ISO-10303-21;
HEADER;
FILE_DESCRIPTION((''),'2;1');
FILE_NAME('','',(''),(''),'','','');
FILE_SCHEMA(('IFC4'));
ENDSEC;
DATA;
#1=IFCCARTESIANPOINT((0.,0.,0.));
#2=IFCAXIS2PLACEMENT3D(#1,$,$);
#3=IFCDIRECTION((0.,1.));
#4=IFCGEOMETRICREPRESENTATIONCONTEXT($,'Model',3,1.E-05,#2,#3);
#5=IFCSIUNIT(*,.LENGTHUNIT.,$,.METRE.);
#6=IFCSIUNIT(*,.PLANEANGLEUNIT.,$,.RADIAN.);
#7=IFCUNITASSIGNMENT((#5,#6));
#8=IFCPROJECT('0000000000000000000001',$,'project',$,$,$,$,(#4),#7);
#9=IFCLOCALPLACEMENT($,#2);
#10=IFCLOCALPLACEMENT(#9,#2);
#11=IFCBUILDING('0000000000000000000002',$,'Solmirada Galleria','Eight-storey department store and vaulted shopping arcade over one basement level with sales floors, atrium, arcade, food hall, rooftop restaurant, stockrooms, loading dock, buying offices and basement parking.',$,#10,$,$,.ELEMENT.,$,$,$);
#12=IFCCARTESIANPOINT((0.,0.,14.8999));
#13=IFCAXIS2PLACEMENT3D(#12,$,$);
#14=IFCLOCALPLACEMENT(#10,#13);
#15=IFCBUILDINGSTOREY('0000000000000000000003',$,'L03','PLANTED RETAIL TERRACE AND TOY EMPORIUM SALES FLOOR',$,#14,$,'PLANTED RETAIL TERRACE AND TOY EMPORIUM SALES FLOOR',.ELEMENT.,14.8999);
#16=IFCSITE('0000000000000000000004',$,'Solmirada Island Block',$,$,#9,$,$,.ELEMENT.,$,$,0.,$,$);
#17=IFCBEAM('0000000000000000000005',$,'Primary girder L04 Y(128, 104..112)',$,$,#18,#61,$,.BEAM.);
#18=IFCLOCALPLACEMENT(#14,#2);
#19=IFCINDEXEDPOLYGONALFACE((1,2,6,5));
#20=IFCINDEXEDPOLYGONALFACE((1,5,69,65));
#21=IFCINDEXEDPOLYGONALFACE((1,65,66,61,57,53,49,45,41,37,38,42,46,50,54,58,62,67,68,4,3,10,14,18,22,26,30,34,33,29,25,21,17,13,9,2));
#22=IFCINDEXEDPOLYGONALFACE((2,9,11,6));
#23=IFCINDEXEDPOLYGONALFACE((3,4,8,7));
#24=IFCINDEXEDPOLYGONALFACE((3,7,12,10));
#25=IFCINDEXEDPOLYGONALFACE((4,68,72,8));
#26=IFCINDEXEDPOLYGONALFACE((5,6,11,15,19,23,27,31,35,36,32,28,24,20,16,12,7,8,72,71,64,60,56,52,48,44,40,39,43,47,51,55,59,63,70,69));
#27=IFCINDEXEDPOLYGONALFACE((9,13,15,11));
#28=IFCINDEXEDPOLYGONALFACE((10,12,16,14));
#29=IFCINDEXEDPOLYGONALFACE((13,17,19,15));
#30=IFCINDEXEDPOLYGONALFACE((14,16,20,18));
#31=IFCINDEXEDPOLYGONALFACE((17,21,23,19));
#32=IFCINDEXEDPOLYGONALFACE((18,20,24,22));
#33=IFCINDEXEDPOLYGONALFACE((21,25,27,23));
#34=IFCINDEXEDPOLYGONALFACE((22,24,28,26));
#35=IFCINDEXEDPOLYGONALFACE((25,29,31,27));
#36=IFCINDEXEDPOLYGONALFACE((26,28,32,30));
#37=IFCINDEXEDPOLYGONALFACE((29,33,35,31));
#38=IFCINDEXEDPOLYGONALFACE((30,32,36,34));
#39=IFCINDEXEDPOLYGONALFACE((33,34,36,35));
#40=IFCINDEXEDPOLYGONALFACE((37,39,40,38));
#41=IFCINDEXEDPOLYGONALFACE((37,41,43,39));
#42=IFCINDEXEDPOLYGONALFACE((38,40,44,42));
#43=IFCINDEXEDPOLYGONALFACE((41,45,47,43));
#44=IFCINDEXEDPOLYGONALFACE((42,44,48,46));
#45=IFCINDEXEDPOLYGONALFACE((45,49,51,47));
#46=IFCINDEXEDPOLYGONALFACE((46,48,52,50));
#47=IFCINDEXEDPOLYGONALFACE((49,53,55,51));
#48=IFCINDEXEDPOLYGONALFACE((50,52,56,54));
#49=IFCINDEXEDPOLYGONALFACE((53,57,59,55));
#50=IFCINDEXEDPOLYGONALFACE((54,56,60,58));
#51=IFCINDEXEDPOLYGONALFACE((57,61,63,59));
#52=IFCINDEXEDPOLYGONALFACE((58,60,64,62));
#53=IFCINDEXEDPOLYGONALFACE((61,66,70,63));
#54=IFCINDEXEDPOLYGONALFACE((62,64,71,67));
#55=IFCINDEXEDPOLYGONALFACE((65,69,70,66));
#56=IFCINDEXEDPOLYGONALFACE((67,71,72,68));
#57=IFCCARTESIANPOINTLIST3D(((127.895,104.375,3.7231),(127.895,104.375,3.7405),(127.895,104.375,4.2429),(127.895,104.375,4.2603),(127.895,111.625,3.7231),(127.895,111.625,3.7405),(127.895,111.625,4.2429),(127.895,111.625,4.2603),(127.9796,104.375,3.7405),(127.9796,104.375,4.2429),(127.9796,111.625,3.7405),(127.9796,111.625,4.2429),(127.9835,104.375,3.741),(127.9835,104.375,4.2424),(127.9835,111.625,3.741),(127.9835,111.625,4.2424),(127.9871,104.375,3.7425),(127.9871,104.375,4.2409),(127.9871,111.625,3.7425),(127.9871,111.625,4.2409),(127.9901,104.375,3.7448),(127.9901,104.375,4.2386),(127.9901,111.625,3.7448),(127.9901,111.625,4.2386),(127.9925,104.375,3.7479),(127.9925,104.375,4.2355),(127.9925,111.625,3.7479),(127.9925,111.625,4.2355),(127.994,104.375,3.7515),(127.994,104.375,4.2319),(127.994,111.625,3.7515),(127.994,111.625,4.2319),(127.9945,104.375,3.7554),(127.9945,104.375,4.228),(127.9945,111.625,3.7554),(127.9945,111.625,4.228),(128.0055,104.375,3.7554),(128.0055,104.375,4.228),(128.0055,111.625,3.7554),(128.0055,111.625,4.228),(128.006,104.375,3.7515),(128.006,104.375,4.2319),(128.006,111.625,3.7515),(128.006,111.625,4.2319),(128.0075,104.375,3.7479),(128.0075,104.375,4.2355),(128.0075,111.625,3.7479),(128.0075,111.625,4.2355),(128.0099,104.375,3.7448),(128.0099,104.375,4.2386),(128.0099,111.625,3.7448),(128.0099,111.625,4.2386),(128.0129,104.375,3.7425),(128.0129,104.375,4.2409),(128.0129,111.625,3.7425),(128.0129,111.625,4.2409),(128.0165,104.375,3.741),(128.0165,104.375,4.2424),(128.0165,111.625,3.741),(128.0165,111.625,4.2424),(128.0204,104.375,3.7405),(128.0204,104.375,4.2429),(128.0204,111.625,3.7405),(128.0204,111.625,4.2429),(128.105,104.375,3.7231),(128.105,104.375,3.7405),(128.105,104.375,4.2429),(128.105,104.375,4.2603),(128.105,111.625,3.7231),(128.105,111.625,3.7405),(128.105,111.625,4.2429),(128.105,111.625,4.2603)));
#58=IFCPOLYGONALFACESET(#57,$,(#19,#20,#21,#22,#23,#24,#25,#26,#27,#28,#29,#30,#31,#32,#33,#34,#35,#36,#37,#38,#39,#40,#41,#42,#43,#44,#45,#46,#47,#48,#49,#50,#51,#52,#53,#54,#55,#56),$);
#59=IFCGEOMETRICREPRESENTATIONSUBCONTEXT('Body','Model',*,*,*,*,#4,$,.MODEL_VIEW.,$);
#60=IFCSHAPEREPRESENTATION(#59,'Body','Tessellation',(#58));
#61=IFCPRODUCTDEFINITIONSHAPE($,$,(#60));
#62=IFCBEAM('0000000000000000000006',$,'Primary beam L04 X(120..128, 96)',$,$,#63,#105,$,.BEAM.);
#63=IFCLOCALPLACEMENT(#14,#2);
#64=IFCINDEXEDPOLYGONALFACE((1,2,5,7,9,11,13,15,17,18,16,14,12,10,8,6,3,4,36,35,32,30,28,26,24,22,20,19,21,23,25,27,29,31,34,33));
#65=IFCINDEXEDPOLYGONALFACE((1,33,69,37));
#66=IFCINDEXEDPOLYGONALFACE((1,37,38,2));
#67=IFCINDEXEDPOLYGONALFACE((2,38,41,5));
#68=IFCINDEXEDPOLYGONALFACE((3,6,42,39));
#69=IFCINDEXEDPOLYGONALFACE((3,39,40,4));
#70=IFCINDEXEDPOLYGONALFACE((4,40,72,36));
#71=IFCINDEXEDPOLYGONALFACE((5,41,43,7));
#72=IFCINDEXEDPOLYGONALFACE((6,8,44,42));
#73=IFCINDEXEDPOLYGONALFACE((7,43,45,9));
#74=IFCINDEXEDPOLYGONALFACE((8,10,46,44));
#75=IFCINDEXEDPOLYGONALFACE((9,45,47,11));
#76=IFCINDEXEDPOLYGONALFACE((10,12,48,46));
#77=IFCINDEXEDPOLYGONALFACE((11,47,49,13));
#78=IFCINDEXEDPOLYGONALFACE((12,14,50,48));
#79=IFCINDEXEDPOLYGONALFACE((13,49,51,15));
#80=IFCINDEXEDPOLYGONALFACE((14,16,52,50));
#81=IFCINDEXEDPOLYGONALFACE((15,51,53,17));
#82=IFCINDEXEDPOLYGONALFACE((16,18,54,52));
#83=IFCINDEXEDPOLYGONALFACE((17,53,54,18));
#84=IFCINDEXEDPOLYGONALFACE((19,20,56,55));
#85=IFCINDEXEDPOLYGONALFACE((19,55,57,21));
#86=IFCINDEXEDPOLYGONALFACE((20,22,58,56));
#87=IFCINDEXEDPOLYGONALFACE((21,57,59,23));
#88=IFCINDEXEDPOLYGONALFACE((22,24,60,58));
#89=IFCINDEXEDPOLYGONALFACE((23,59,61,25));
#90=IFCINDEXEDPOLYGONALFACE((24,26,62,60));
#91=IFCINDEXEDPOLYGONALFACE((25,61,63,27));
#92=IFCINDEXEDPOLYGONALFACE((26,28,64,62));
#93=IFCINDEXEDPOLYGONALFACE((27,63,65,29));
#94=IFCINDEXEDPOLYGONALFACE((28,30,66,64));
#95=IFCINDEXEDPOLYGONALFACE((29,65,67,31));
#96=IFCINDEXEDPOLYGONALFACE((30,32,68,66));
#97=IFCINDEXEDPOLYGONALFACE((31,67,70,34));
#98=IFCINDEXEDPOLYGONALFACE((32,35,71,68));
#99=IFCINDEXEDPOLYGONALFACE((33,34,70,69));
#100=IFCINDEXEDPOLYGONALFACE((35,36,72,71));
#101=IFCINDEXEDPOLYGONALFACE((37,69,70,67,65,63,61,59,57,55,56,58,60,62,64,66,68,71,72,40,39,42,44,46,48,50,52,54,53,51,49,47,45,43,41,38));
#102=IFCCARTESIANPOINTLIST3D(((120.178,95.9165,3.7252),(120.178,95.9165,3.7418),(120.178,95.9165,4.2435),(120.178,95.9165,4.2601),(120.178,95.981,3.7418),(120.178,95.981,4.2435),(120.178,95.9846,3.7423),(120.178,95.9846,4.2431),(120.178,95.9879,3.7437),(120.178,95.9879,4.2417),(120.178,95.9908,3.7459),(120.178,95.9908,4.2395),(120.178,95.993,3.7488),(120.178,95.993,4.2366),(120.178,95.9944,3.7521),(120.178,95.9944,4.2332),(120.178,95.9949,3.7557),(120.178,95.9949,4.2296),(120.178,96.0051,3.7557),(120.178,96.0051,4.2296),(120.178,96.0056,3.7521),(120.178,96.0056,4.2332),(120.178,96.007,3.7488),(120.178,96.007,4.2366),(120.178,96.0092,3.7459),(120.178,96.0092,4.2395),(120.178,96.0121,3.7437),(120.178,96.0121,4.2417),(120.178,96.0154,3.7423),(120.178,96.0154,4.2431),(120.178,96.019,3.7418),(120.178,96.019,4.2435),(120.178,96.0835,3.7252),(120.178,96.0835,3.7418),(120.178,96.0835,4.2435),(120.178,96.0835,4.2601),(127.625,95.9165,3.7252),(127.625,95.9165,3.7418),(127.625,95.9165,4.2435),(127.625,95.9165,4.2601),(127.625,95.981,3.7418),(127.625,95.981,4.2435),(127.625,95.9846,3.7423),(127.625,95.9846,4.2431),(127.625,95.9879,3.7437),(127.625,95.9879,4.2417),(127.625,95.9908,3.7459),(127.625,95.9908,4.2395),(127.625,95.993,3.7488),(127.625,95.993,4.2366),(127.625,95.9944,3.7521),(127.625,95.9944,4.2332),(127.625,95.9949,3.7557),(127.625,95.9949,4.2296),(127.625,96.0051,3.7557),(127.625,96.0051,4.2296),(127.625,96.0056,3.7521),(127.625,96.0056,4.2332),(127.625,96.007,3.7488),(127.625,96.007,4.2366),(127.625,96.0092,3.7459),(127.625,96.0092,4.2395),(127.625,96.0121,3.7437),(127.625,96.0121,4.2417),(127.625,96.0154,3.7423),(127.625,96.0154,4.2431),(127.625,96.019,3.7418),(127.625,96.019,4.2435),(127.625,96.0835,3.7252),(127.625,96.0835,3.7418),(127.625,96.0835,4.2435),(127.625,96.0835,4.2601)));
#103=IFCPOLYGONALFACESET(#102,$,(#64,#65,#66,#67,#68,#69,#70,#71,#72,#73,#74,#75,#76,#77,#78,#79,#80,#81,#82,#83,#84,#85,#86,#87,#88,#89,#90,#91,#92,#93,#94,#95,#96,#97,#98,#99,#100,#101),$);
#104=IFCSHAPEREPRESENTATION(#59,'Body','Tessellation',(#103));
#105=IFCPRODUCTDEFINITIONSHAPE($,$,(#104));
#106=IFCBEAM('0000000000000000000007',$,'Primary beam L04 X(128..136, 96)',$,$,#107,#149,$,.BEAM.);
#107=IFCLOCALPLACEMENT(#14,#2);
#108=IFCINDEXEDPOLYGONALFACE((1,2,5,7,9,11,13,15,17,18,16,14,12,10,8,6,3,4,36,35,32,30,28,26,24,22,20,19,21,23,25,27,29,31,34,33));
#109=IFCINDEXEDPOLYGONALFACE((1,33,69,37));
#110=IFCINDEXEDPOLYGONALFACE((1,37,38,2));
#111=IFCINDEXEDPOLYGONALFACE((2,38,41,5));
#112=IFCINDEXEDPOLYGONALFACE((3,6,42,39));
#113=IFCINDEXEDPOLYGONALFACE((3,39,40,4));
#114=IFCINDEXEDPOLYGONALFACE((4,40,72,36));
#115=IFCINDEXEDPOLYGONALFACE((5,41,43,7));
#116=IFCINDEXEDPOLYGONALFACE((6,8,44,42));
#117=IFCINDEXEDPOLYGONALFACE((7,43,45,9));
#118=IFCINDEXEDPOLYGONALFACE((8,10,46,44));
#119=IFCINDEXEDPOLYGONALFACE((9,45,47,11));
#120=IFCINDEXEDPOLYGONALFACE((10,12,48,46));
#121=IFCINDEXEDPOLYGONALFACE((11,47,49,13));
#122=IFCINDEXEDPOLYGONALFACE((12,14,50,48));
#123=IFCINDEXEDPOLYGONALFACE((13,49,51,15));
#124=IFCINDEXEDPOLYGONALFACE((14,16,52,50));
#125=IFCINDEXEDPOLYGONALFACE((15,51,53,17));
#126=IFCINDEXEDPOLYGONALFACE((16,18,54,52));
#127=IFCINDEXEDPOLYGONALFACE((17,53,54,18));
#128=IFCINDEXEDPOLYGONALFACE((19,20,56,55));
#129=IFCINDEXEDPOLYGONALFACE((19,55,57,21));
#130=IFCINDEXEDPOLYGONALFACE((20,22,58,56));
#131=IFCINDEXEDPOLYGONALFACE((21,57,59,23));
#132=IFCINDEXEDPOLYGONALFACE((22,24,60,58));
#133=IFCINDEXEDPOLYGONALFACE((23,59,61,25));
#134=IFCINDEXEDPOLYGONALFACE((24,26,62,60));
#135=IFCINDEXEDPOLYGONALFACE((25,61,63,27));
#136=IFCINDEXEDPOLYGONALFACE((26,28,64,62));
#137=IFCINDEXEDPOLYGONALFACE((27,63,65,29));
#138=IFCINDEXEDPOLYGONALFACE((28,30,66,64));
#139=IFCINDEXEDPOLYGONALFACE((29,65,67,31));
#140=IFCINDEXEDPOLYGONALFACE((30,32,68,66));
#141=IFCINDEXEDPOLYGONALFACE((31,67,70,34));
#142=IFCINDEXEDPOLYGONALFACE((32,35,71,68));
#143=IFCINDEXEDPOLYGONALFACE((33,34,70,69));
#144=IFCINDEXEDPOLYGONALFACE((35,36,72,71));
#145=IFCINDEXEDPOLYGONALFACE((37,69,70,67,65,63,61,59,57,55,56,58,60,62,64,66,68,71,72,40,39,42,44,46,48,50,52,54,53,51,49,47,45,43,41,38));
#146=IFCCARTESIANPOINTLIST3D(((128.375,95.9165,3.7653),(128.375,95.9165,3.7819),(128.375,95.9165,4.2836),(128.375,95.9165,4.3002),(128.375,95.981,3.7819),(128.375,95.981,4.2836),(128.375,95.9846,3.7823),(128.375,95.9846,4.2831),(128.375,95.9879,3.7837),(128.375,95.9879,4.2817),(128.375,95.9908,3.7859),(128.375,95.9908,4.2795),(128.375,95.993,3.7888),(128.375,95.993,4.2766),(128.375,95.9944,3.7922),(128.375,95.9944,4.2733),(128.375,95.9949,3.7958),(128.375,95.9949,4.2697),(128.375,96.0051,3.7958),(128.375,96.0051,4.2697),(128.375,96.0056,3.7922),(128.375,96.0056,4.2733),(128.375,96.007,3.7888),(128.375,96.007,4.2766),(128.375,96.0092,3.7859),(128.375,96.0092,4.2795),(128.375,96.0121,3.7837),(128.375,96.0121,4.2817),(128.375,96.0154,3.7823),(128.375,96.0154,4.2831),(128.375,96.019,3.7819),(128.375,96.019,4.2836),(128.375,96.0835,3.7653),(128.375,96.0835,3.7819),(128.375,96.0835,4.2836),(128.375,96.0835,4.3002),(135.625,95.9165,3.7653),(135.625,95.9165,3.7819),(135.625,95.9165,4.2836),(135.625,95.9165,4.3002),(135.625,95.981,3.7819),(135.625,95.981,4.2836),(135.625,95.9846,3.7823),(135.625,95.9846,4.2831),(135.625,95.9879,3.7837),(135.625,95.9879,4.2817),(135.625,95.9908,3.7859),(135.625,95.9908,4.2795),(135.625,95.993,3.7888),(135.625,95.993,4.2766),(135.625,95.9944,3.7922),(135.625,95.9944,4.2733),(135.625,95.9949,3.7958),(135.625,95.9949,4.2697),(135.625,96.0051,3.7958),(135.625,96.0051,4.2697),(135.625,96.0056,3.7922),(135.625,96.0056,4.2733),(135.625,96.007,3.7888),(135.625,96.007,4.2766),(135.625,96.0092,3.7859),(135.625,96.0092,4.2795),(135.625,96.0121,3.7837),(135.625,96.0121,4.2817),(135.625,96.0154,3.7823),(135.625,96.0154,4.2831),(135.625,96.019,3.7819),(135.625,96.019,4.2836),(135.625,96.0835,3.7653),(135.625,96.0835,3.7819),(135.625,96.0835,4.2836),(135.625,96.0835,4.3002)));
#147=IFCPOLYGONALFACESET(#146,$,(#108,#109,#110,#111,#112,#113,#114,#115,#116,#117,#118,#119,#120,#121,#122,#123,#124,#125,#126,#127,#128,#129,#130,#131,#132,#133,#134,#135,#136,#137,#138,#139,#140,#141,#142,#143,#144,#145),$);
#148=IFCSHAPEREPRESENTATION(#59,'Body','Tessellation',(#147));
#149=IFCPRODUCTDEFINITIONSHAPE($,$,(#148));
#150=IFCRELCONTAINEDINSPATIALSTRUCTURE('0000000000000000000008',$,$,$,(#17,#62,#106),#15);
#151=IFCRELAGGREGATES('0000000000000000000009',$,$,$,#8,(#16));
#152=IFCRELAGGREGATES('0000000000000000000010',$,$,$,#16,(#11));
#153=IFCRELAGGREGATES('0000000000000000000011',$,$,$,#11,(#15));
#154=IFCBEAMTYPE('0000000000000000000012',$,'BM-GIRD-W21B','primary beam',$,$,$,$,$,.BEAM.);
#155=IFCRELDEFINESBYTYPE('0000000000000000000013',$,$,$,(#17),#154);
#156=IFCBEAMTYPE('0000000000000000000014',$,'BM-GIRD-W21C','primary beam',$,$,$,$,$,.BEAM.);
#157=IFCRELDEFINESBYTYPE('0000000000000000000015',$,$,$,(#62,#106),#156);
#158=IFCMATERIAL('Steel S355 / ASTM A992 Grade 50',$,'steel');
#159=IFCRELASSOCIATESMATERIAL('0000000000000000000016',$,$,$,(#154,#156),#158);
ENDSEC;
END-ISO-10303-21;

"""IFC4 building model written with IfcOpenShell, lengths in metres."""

from ifc_helpers import new_model, si_unit, direction, frame, origin, origin_2d, place, context, subcontext, project, spatial, i_section, extrude, material, material_profile, profile_set, type_object, element, save


model = new_model("IFC4")

# Units and contexts
model_context = context("Model", 3, precision=1e-05, world=origin(), true_north=direction((0.0, 1.0)))
body_context = subcontext(model_context, "Body", "Model", "MODEL_VIEW")
ifc_project = project(units=[si_unit("LENGTHUNIT", "METRE"), si_unit("PLANEANGLEUNIT", "RADIAN")], contexts=[model_context])

# Site, building, storey
site_placement = place(None, origin())
site = spatial("IfcSite", under=ifc_project, at=site_placement, Name="Solmirada Island Block", CompositionType="ELEMENT", RefElevation=0.0)
building_placement = place(site_placement, origin())
building = spatial("IfcBuilding", under=site, at=building_placement, Name="Solmirada Galleria", Description="Eight-storey department store and vaulted shopping arcade over one basement level with sales floors, atrium, arcade, food hall, rooftop restaurant, stockrooms, loading dock, buying offices and basement parking.", CompositionType="ELEMENT")
storey_placement = place(building_placement, frame((0.0, 0.0, 14.8999)))
storey = spatial("IfcBuildingStorey", under=building, at=storey_placement, Name="L03", Description="PLANTED RETAIL TERRACE AND TOY EMPORIUM SALES FLOOR", LongName="PLANTED RETAIL TERRACE AND TOY EMPORIUM SALES FLOOR", CompositionType="ELEMENT", Elevation=14.8999)

# Beams
ifc_material_1 = material(Name="Steel S355 / ASTM A992 Grade 50", Category="steel")
ifc_material_profile_1 = material_profile(ifc_material_1, i_section(OverallWidth=0.21, OverallDepth=0.5371, WebThickness=0.011, FlangeThickness=0.0173, FilletRadius=0.0149, at=origin_2d()), Name="W21X68")
ifc_profile_set_1 = profile_set([ifc_material_profile_1], Name="Steel S355 / ASTM A992 Grade 50")
beam_type_1 = type_object("IfcBeamType", Name="BM-GIRD-W21B", Description="primary beam", PredefinedType="BEAM", material=ifc_profile_set_1)
for number, where, z_axis, x_axis, name in (
    (1, (128.0, 104.375, 3.9917), (0.0, 1.0, 0.0), (-1.0, 0.0, 0.0), "Primary girder L04 Y(128, 104..112)"),
):
    element("IfcBeam", number, at=place(storey_placement, frame(where, z_axis=z_axis, x_axis=x_axis)), inside=storey, type_object=beam_type_1, Name=name, PredefinedType="BEAM", context=body_context, shape_type="SweptSolid", body=[
        extrude(i_section(OverallWidth=0.21, OverallDepth=0.5371, WebThickness=0.011, FlangeThickness=0.0173, FilletRadius=0.0149, at=origin_2d()), origin(), (0.0, 0.0, 1.0), 7.25),
    ])
ifc_material_profile_2 = material_profile(ifc_material_1, i_section(OverallWidth=0.167, OverallDepth=0.5349, WebThickness=0.0103, FlangeThickness=0.0166, FilletRadius=0.0139, at=origin_2d()), Name="W21X57")
ifc_profile_set_2 = profile_set([ifc_material_profile_2], Name="Steel S355 / ASTM A992 Grade 50")
beam_type_2 = type_object("IfcBeamType", Name="BM-GIRD-W21C", Description="primary beam", PredefinedType="BEAM", material=ifc_profile_set_2)
beam_1_placement = place(storey_placement, frame((120.178, 96.0, 3.9927), z_axis=(1.0, 0.0, 0.0), x_axis=(0.0, 1.0, 0.0)))
element("IfcBeam", 2, at=beam_1_placement, inside=storey, type_object=beam_type_2, Name="Primary beam L04 X(120..128, 96)", PredefinedType="BEAM", context=body_context, shape_type="SweptSolid", body=[
    extrude(i_section(OverallWidth=0.167, OverallDepth=0.5349, WebThickness=0.0103, FlangeThickness=0.0166, FilletRadius=0.0139, at=origin_2d()), origin(), (0.0, 0.0, 1.0), 7.447),
])
beam_2_placement = place(storey_placement, frame((128.375, 96.0, 4.0327), z_axis=(1.0, 0.0, 0.0), x_axis=(0.0, 1.0, 0.0)))
element("IfcBeam", 3, at=beam_2_placement, inside=storey, type_object=beam_type_2, Name="Primary beam L04 X(128..136, 96)", PredefinedType="BEAM", context=body_context, shape_type="SweptSolid", body=[
    extrude(i_section(OverallWidth=0.167, OverallDepth=0.5349, WebThickness=0.0103, FlangeThickness=0.0166, FilletRadius=0.0139, at=origin_2d()), origin(), (0.0, 0.0, 1.0), 7.25),
])

save(model, "model.ifc")
